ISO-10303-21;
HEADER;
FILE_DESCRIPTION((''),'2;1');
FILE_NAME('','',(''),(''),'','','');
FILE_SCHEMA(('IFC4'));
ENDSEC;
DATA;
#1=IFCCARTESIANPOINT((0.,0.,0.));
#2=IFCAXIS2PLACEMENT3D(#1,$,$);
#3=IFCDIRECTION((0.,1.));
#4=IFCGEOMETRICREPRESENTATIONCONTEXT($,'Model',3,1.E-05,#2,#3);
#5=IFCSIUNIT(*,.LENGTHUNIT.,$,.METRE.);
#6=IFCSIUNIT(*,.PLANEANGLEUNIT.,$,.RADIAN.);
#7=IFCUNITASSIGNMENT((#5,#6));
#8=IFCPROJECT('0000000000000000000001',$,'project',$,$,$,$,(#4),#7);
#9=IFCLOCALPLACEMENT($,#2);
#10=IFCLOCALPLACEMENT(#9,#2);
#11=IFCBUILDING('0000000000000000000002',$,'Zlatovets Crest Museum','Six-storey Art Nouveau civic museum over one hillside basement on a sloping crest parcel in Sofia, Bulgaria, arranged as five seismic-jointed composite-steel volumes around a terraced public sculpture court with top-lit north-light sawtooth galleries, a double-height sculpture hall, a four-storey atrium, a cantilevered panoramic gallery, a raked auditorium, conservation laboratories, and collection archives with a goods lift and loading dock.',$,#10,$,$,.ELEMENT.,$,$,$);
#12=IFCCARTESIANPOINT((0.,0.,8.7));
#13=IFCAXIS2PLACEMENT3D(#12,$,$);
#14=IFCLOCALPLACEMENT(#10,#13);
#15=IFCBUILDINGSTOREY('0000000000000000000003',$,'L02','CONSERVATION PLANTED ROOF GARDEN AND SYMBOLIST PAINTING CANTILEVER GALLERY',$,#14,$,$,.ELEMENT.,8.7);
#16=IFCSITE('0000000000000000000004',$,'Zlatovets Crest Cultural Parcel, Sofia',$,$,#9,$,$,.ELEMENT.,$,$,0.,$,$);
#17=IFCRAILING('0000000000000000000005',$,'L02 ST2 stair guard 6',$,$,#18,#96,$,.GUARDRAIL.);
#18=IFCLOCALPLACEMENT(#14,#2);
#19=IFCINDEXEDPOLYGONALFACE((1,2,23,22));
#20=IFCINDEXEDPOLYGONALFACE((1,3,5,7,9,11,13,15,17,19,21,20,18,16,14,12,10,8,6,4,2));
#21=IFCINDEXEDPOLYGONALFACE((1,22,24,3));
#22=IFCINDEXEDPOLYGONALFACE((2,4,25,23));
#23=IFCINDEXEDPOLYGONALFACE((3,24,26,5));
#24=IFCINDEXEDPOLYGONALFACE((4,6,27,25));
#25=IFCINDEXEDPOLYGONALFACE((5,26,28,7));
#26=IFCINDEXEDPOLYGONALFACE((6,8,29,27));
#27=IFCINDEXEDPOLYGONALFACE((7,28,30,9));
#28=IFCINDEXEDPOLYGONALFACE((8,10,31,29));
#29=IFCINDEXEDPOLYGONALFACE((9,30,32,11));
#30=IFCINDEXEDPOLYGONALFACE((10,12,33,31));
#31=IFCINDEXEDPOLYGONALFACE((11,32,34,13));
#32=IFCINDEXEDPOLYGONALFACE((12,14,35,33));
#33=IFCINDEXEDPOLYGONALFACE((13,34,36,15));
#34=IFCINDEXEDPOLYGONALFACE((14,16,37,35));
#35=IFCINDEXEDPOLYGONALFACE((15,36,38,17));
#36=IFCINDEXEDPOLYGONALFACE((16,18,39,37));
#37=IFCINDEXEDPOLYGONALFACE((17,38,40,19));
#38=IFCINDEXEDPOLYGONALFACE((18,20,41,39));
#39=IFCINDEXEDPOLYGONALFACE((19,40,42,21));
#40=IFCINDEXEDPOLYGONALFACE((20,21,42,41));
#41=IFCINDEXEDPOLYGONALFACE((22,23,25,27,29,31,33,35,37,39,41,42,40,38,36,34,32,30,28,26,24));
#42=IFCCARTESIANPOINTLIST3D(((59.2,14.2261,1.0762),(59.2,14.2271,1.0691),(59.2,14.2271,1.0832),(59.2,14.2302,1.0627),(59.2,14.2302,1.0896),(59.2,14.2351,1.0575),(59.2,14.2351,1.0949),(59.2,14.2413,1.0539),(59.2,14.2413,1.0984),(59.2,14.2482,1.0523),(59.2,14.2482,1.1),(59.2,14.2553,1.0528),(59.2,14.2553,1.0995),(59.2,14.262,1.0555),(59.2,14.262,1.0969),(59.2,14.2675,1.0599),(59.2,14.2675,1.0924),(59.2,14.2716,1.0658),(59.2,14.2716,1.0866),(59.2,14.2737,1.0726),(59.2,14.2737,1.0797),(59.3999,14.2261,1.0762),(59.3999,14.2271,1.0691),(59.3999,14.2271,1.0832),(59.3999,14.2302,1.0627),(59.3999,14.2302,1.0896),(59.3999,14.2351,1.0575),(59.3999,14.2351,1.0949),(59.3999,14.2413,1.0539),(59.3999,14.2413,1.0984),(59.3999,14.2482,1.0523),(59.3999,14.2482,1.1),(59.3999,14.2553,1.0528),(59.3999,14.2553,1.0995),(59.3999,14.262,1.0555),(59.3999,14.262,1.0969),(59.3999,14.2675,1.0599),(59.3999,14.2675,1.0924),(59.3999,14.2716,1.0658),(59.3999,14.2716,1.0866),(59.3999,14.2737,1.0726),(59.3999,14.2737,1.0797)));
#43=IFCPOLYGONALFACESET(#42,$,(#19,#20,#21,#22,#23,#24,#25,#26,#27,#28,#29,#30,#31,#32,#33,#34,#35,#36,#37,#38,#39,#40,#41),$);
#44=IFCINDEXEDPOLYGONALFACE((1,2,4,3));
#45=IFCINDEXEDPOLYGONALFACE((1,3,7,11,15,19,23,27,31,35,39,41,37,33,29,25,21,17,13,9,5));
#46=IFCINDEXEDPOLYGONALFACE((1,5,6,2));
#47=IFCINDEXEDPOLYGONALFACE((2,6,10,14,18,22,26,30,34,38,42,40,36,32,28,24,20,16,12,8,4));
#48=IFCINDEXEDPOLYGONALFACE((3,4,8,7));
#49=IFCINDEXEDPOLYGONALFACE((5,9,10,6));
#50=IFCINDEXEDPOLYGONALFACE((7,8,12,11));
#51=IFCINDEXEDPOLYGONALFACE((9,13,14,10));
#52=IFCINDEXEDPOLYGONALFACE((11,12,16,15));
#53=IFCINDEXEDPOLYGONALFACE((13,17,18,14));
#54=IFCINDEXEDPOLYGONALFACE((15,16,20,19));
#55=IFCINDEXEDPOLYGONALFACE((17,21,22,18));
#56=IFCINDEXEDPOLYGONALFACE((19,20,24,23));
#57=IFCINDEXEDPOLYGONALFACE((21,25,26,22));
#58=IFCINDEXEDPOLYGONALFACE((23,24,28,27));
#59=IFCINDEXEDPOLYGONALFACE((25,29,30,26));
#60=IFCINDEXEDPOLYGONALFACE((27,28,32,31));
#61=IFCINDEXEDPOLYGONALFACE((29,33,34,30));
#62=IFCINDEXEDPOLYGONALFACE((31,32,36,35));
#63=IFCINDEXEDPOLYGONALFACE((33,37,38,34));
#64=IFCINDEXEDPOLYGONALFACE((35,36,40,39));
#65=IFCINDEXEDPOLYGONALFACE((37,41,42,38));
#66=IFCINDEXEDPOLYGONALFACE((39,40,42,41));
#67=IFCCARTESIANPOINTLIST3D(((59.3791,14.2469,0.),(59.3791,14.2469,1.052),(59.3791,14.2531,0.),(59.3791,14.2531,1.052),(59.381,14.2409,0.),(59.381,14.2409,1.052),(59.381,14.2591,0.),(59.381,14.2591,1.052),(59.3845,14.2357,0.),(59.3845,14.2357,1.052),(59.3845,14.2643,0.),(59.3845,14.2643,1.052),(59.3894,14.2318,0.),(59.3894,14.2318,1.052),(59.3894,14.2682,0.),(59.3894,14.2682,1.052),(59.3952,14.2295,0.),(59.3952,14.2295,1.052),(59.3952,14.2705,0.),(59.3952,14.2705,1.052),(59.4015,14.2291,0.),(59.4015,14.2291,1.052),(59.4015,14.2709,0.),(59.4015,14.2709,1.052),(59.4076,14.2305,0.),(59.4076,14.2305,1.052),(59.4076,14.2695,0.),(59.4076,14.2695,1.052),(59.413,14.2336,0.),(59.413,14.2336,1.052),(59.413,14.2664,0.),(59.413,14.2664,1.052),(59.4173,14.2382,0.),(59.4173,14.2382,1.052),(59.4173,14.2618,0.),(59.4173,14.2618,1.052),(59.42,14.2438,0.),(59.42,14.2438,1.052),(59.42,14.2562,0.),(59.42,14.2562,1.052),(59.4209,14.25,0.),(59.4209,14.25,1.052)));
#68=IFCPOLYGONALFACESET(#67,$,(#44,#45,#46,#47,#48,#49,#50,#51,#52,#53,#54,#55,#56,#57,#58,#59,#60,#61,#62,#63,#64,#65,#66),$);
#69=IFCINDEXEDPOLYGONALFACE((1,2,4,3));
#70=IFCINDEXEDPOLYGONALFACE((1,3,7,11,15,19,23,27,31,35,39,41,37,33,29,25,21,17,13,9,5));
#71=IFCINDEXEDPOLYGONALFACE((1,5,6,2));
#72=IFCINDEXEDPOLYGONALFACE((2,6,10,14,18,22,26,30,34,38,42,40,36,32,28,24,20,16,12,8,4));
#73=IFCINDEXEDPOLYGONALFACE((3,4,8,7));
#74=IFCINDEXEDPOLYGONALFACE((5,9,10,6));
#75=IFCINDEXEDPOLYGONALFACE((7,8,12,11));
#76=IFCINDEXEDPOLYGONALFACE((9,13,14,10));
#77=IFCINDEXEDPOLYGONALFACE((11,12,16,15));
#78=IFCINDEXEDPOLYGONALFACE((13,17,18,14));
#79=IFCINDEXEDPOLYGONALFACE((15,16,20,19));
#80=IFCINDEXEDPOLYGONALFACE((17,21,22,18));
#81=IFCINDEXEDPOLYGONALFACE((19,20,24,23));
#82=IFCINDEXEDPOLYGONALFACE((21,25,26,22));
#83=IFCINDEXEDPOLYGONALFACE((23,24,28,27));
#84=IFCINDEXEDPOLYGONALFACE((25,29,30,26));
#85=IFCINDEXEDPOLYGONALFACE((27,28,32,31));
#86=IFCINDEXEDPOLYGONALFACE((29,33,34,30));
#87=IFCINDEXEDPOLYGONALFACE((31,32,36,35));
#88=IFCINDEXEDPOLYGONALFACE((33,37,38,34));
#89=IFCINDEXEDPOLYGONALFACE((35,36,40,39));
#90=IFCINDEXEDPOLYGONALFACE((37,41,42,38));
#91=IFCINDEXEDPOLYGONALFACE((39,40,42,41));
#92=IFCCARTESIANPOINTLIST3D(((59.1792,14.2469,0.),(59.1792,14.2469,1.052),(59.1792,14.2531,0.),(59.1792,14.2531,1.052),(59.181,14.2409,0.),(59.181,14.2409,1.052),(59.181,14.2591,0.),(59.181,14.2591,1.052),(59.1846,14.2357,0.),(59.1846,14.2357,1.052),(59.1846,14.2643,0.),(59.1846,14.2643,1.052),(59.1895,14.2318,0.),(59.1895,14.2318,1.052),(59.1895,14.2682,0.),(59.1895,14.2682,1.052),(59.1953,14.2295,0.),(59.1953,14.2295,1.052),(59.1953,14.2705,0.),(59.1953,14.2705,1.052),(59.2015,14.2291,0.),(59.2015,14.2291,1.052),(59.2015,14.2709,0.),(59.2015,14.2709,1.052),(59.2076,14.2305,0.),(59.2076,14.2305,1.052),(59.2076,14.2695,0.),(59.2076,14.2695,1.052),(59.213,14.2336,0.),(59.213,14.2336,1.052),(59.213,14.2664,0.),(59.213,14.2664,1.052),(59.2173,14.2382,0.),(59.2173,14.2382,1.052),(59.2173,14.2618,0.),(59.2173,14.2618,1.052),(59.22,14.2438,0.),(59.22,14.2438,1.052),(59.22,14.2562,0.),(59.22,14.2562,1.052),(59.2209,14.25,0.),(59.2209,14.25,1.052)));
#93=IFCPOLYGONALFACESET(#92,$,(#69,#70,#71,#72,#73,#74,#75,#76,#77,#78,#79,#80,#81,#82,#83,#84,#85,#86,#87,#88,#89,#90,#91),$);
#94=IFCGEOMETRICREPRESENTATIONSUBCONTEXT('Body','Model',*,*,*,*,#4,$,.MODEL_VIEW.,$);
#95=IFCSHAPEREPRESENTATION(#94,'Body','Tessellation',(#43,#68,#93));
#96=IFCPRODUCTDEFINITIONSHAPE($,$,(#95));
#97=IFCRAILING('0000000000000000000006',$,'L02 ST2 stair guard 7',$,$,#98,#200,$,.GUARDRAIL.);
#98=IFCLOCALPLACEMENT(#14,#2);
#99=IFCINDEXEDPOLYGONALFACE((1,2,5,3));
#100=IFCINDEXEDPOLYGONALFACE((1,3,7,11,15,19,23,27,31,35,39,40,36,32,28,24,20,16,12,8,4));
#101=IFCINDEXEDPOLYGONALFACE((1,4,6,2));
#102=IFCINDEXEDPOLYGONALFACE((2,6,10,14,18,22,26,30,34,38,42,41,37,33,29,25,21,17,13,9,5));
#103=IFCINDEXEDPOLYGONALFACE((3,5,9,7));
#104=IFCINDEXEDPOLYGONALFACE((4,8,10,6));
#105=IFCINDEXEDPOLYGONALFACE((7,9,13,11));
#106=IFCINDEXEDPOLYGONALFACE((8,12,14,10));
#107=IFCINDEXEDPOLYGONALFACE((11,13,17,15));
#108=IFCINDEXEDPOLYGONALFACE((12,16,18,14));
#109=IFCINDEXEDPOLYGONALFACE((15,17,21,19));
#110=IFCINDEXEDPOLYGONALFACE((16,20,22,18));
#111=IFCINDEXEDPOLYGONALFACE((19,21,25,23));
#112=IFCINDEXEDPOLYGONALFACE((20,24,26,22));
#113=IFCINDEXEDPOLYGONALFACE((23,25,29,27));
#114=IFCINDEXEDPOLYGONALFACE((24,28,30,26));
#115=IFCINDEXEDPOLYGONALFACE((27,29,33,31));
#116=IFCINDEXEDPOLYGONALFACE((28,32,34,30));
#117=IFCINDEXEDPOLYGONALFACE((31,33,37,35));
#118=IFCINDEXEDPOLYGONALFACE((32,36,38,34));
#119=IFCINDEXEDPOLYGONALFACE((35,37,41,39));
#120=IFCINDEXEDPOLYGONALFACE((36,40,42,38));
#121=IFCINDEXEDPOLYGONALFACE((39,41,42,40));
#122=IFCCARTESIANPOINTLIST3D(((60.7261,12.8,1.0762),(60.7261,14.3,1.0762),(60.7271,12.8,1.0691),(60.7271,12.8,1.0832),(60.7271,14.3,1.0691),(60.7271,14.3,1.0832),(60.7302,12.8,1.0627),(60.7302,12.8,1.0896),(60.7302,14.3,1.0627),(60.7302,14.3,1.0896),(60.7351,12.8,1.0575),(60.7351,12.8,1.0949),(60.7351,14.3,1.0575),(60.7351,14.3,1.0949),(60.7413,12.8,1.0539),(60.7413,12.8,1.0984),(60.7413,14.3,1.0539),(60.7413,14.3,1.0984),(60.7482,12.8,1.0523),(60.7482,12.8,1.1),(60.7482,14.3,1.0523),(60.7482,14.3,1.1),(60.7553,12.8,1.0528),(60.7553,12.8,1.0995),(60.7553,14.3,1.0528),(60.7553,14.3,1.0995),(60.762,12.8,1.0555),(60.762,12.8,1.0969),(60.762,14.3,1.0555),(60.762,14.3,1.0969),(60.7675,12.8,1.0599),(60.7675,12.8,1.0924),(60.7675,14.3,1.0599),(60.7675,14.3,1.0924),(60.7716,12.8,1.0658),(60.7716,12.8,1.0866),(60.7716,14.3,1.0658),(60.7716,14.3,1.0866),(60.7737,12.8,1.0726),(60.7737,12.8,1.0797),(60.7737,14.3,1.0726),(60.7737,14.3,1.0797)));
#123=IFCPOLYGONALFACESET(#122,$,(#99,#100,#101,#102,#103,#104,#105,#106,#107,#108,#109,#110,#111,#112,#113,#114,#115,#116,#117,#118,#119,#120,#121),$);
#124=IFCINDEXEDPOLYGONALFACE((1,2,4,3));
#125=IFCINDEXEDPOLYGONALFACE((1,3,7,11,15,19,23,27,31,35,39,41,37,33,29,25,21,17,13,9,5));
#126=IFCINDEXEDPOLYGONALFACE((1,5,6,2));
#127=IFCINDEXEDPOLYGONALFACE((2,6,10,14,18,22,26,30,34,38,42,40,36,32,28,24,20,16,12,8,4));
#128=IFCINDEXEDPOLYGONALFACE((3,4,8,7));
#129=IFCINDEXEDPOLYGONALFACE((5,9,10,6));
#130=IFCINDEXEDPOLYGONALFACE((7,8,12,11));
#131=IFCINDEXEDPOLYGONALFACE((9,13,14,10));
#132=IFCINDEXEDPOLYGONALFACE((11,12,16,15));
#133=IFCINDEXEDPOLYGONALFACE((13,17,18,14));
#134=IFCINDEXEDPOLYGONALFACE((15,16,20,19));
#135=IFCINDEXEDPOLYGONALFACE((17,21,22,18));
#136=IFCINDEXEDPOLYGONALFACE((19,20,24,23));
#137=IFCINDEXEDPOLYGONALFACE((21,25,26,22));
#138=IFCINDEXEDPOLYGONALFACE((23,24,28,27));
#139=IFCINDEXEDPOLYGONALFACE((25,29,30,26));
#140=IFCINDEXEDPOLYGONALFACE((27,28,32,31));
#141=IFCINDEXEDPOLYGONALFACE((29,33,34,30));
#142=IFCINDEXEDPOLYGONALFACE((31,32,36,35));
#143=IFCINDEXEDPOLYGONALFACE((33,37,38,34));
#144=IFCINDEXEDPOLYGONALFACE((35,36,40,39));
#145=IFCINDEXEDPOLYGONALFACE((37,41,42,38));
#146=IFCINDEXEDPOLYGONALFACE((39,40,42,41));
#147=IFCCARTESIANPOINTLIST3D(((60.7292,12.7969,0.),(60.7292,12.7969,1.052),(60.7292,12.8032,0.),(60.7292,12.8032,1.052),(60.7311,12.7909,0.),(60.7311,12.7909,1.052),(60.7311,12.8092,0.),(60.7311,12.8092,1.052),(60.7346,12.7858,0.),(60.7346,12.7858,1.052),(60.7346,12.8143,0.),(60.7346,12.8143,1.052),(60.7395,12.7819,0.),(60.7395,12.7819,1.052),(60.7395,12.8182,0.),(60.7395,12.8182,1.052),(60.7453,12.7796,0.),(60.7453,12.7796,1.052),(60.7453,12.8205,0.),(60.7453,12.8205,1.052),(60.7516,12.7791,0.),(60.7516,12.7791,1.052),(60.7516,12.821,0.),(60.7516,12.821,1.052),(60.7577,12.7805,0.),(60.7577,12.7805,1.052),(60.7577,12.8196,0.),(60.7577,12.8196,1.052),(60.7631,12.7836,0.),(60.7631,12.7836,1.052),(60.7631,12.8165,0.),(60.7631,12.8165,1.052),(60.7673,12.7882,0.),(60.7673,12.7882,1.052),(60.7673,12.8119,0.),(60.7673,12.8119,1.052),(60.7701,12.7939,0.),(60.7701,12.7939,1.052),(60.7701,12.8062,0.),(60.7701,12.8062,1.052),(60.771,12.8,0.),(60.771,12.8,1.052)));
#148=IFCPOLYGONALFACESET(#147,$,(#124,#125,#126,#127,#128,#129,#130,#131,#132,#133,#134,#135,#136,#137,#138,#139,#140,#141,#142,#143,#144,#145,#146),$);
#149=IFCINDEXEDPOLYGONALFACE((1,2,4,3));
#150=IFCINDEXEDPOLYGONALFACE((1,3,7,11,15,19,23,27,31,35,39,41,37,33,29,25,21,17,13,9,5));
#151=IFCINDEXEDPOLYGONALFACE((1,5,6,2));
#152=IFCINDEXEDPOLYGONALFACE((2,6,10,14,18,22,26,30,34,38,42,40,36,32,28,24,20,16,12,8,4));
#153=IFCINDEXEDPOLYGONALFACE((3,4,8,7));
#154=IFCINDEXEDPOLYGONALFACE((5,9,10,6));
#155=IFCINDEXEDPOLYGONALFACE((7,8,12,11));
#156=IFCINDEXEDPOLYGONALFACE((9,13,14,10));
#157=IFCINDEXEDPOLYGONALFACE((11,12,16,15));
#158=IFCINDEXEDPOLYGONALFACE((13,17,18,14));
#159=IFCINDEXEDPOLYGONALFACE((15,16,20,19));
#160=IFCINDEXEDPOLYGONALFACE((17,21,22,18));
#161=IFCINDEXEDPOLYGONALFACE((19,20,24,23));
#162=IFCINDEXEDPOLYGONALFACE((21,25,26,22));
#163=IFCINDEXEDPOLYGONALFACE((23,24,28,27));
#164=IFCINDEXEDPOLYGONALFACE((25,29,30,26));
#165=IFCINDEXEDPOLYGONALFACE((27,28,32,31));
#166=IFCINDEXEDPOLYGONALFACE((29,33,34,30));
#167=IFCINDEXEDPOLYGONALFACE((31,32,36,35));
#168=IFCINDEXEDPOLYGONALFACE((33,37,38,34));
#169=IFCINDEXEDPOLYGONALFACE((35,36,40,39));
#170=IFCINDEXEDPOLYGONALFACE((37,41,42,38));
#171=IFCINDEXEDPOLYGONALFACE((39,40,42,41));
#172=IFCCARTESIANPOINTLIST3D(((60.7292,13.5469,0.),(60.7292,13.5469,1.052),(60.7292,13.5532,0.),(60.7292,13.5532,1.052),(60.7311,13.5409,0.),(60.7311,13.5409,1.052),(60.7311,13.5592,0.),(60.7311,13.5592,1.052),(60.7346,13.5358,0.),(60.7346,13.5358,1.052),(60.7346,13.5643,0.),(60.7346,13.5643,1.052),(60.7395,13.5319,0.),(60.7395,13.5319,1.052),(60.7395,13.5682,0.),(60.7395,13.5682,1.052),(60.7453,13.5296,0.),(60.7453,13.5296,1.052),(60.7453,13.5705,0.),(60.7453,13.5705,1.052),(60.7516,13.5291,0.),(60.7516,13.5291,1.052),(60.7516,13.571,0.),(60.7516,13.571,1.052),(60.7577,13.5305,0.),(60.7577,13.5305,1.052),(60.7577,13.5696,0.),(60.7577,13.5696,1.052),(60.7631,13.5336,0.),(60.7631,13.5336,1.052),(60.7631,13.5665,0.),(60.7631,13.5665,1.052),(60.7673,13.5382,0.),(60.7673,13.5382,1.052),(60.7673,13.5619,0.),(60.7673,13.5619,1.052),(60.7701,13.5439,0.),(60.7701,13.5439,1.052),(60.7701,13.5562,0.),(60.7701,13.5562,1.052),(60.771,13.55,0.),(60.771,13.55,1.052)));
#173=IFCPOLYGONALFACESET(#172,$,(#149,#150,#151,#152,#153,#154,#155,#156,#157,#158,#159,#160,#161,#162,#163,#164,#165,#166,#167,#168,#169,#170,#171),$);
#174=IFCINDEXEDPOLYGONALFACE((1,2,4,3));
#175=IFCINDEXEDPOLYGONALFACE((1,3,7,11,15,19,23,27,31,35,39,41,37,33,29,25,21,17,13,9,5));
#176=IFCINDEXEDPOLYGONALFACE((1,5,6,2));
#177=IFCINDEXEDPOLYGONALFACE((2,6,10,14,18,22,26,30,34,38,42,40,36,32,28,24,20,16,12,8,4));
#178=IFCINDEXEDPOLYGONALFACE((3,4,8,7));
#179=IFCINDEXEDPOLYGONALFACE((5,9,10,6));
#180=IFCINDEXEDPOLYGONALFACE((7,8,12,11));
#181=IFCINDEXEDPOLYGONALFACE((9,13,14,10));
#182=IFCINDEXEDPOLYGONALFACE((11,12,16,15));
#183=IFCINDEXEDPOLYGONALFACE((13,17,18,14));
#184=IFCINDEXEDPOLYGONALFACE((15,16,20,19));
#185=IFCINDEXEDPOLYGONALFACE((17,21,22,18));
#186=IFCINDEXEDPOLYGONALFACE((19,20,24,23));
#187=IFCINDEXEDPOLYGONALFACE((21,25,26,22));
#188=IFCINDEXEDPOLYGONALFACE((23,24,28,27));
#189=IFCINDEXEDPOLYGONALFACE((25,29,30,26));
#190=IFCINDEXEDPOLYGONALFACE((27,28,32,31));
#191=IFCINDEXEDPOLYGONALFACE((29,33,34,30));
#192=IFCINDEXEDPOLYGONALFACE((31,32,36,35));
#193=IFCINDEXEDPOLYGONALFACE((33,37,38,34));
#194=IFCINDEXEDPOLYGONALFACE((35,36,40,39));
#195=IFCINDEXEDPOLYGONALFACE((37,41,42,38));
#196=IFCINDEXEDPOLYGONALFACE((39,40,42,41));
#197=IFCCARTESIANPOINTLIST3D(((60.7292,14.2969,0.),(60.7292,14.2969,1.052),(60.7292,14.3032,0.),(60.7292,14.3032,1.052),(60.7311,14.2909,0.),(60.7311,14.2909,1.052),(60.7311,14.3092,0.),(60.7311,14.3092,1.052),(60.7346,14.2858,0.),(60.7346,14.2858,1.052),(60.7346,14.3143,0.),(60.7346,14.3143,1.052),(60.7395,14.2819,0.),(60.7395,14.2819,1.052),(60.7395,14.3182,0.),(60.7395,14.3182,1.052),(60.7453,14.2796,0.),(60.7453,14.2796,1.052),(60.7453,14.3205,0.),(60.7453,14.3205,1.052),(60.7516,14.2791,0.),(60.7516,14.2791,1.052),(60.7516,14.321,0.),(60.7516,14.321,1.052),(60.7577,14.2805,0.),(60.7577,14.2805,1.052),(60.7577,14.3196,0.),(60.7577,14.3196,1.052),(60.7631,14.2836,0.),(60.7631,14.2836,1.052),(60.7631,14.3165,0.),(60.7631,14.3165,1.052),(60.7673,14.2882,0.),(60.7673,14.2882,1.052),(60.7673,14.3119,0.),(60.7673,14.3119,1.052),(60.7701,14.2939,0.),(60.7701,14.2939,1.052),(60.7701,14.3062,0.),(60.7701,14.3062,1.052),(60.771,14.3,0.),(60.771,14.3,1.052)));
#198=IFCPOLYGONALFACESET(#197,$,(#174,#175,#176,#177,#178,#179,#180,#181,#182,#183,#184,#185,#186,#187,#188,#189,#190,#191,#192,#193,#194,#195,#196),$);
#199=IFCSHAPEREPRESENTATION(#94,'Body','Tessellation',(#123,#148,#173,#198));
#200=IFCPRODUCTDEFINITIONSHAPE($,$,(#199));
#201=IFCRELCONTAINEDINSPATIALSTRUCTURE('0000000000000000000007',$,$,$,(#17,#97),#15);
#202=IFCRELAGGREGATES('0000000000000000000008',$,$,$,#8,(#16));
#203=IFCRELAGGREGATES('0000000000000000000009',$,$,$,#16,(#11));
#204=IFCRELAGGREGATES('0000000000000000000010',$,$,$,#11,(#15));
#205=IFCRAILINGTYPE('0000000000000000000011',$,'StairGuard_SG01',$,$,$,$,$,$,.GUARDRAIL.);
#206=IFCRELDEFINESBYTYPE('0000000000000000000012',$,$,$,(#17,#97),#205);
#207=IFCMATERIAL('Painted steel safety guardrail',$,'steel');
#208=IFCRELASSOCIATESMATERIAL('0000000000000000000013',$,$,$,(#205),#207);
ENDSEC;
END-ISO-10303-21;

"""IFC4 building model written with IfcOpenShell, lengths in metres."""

from ifc_helpers import new_model, si_unit, direction, frame, origin, origin_2d, place, context, subcontext, project, spatial, circle, extrude, material, type_object, element, save


model = new_model("IFC4")

# Units and contexts
model_context = context("Model", 3, precision=1e-05, world=origin(), true_north=direction((0.0, 1.0)))
body_context = subcontext(model_context, "Body", "Model", "MODEL_VIEW")
ifc_project = project(units=[si_unit("LENGTHUNIT", "METRE"), si_unit("PLANEANGLEUNIT", "RADIAN")], contexts=[model_context])

# Site, building, storey
site_placement = place(None, origin())
site = spatial("IfcSite", under=ifc_project, at=site_placement, Name="Zlatovets Crest Cultural Parcel, Sofia", CompositionType="ELEMENT", RefElevation=0.0)
building_placement = place(site_placement, origin())
building = spatial("IfcBuilding", under=site, at=building_placement, Name="Zlatovets Crest Museum", Description="Six-storey Art Nouveau civic museum over one hillside basement on a sloping crest parcel in Sofia, Bulgaria, arranged as five seismic-jointed composite-steel volumes around a terraced public sculpture court with top-lit north-light sawtooth galleries, a double-height sculpture hall, a four-storey atrium, a cantilevered panoramic gallery, a raked auditorium, conservation laboratories, and collection archives with a goods lift and loading dock.", CompositionType="ELEMENT")
storey_placement = place(building_placement, frame((0.0, 0.0, 8.7)))
storey = spatial("IfcBuildingStorey", under=building, at=storey_placement, Name="L02", Description="CONSERVATION PLANTED ROOF GARDEN AND SYMBOLIST PAINTING CANTILEVER GALLERY", CompositionType="ELEMENT", Elevation=8.7)

# Railings
ifc_material_1 = material(Name="Painted steel safety guardrail", Category="steel")
railing_type_1 = type_object("IfcRailingType", Name="StairGuard_SG01", PredefinedType="GUARDRAIL", material=ifc_material_1)
railing_1_placement = place(storey_placement, frame((59.3999, 14.25, 0.0)))
element("IfcRailing", 1, at=railing_1_placement, inside=storey, type_object=railing_type_1, Name="L02 ST2 stair guard 6", PredefinedType="GUARDRAIL", context=body_context, shape_type="SweptSolid", body=[
    extrude(circle(Radius=0.0239, at=origin_2d()), frame((0.0, 0.0, 1.0762), z_axis=(-1.0, 0.0, 0.0), x_axis=(0.0, -1.0, 0.0)), (0.0, 0.0, 1.0), 0.2),
    extrude(circle(Radius=0.021, at=origin_2d()), origin(), (0.0, 0.0, 1.0), 1.052),
    extrude(circle(Radius=0.021, at=origin_2d()), frame((-0.2, 0.0, 0.0)), (0.0, 0.0, 1.0), 1.052),
])
for number, where, name in (
    (2, (60.75, 12.8, 0.0), "L02 ST2 stair guard 7"),
):
    element("IfcRailing", number, at=place(storey_placement, frame(where)), inside=storey, type_object=railing_type_1, Name=name, PredefinedType="GUARDRAIL", context=body_context, shape_type="SweptSolid", body=[
        extrude(circle(Radius=0.0239, at=origin_2d()), frame((0.0, 0.0, 1.0762), z_axis=(0.0, 1.0, 0.0), x_axis=(-1.0, 0.0, 0.0)), (0.0, 0.0, 1.0), 1.5),
        extrude(circle(Radius=0.021, at=origin_2d()), origin(), (0.0, 0.0, 1.0), 1.052),
        extrude(circle(Radius=0.021, at=origin_2d()), frame((0.0, 0.75, 0.0)), (0.0, 0.0, 1.0), 1.052),
        extrude(circle(Radius=0.021, at=origin_2d()), frame((0.0, 1.5, 0.0)), (0.0, 0.0, 1.0), 1.052),
    ])

save(model, "model.ifc")
